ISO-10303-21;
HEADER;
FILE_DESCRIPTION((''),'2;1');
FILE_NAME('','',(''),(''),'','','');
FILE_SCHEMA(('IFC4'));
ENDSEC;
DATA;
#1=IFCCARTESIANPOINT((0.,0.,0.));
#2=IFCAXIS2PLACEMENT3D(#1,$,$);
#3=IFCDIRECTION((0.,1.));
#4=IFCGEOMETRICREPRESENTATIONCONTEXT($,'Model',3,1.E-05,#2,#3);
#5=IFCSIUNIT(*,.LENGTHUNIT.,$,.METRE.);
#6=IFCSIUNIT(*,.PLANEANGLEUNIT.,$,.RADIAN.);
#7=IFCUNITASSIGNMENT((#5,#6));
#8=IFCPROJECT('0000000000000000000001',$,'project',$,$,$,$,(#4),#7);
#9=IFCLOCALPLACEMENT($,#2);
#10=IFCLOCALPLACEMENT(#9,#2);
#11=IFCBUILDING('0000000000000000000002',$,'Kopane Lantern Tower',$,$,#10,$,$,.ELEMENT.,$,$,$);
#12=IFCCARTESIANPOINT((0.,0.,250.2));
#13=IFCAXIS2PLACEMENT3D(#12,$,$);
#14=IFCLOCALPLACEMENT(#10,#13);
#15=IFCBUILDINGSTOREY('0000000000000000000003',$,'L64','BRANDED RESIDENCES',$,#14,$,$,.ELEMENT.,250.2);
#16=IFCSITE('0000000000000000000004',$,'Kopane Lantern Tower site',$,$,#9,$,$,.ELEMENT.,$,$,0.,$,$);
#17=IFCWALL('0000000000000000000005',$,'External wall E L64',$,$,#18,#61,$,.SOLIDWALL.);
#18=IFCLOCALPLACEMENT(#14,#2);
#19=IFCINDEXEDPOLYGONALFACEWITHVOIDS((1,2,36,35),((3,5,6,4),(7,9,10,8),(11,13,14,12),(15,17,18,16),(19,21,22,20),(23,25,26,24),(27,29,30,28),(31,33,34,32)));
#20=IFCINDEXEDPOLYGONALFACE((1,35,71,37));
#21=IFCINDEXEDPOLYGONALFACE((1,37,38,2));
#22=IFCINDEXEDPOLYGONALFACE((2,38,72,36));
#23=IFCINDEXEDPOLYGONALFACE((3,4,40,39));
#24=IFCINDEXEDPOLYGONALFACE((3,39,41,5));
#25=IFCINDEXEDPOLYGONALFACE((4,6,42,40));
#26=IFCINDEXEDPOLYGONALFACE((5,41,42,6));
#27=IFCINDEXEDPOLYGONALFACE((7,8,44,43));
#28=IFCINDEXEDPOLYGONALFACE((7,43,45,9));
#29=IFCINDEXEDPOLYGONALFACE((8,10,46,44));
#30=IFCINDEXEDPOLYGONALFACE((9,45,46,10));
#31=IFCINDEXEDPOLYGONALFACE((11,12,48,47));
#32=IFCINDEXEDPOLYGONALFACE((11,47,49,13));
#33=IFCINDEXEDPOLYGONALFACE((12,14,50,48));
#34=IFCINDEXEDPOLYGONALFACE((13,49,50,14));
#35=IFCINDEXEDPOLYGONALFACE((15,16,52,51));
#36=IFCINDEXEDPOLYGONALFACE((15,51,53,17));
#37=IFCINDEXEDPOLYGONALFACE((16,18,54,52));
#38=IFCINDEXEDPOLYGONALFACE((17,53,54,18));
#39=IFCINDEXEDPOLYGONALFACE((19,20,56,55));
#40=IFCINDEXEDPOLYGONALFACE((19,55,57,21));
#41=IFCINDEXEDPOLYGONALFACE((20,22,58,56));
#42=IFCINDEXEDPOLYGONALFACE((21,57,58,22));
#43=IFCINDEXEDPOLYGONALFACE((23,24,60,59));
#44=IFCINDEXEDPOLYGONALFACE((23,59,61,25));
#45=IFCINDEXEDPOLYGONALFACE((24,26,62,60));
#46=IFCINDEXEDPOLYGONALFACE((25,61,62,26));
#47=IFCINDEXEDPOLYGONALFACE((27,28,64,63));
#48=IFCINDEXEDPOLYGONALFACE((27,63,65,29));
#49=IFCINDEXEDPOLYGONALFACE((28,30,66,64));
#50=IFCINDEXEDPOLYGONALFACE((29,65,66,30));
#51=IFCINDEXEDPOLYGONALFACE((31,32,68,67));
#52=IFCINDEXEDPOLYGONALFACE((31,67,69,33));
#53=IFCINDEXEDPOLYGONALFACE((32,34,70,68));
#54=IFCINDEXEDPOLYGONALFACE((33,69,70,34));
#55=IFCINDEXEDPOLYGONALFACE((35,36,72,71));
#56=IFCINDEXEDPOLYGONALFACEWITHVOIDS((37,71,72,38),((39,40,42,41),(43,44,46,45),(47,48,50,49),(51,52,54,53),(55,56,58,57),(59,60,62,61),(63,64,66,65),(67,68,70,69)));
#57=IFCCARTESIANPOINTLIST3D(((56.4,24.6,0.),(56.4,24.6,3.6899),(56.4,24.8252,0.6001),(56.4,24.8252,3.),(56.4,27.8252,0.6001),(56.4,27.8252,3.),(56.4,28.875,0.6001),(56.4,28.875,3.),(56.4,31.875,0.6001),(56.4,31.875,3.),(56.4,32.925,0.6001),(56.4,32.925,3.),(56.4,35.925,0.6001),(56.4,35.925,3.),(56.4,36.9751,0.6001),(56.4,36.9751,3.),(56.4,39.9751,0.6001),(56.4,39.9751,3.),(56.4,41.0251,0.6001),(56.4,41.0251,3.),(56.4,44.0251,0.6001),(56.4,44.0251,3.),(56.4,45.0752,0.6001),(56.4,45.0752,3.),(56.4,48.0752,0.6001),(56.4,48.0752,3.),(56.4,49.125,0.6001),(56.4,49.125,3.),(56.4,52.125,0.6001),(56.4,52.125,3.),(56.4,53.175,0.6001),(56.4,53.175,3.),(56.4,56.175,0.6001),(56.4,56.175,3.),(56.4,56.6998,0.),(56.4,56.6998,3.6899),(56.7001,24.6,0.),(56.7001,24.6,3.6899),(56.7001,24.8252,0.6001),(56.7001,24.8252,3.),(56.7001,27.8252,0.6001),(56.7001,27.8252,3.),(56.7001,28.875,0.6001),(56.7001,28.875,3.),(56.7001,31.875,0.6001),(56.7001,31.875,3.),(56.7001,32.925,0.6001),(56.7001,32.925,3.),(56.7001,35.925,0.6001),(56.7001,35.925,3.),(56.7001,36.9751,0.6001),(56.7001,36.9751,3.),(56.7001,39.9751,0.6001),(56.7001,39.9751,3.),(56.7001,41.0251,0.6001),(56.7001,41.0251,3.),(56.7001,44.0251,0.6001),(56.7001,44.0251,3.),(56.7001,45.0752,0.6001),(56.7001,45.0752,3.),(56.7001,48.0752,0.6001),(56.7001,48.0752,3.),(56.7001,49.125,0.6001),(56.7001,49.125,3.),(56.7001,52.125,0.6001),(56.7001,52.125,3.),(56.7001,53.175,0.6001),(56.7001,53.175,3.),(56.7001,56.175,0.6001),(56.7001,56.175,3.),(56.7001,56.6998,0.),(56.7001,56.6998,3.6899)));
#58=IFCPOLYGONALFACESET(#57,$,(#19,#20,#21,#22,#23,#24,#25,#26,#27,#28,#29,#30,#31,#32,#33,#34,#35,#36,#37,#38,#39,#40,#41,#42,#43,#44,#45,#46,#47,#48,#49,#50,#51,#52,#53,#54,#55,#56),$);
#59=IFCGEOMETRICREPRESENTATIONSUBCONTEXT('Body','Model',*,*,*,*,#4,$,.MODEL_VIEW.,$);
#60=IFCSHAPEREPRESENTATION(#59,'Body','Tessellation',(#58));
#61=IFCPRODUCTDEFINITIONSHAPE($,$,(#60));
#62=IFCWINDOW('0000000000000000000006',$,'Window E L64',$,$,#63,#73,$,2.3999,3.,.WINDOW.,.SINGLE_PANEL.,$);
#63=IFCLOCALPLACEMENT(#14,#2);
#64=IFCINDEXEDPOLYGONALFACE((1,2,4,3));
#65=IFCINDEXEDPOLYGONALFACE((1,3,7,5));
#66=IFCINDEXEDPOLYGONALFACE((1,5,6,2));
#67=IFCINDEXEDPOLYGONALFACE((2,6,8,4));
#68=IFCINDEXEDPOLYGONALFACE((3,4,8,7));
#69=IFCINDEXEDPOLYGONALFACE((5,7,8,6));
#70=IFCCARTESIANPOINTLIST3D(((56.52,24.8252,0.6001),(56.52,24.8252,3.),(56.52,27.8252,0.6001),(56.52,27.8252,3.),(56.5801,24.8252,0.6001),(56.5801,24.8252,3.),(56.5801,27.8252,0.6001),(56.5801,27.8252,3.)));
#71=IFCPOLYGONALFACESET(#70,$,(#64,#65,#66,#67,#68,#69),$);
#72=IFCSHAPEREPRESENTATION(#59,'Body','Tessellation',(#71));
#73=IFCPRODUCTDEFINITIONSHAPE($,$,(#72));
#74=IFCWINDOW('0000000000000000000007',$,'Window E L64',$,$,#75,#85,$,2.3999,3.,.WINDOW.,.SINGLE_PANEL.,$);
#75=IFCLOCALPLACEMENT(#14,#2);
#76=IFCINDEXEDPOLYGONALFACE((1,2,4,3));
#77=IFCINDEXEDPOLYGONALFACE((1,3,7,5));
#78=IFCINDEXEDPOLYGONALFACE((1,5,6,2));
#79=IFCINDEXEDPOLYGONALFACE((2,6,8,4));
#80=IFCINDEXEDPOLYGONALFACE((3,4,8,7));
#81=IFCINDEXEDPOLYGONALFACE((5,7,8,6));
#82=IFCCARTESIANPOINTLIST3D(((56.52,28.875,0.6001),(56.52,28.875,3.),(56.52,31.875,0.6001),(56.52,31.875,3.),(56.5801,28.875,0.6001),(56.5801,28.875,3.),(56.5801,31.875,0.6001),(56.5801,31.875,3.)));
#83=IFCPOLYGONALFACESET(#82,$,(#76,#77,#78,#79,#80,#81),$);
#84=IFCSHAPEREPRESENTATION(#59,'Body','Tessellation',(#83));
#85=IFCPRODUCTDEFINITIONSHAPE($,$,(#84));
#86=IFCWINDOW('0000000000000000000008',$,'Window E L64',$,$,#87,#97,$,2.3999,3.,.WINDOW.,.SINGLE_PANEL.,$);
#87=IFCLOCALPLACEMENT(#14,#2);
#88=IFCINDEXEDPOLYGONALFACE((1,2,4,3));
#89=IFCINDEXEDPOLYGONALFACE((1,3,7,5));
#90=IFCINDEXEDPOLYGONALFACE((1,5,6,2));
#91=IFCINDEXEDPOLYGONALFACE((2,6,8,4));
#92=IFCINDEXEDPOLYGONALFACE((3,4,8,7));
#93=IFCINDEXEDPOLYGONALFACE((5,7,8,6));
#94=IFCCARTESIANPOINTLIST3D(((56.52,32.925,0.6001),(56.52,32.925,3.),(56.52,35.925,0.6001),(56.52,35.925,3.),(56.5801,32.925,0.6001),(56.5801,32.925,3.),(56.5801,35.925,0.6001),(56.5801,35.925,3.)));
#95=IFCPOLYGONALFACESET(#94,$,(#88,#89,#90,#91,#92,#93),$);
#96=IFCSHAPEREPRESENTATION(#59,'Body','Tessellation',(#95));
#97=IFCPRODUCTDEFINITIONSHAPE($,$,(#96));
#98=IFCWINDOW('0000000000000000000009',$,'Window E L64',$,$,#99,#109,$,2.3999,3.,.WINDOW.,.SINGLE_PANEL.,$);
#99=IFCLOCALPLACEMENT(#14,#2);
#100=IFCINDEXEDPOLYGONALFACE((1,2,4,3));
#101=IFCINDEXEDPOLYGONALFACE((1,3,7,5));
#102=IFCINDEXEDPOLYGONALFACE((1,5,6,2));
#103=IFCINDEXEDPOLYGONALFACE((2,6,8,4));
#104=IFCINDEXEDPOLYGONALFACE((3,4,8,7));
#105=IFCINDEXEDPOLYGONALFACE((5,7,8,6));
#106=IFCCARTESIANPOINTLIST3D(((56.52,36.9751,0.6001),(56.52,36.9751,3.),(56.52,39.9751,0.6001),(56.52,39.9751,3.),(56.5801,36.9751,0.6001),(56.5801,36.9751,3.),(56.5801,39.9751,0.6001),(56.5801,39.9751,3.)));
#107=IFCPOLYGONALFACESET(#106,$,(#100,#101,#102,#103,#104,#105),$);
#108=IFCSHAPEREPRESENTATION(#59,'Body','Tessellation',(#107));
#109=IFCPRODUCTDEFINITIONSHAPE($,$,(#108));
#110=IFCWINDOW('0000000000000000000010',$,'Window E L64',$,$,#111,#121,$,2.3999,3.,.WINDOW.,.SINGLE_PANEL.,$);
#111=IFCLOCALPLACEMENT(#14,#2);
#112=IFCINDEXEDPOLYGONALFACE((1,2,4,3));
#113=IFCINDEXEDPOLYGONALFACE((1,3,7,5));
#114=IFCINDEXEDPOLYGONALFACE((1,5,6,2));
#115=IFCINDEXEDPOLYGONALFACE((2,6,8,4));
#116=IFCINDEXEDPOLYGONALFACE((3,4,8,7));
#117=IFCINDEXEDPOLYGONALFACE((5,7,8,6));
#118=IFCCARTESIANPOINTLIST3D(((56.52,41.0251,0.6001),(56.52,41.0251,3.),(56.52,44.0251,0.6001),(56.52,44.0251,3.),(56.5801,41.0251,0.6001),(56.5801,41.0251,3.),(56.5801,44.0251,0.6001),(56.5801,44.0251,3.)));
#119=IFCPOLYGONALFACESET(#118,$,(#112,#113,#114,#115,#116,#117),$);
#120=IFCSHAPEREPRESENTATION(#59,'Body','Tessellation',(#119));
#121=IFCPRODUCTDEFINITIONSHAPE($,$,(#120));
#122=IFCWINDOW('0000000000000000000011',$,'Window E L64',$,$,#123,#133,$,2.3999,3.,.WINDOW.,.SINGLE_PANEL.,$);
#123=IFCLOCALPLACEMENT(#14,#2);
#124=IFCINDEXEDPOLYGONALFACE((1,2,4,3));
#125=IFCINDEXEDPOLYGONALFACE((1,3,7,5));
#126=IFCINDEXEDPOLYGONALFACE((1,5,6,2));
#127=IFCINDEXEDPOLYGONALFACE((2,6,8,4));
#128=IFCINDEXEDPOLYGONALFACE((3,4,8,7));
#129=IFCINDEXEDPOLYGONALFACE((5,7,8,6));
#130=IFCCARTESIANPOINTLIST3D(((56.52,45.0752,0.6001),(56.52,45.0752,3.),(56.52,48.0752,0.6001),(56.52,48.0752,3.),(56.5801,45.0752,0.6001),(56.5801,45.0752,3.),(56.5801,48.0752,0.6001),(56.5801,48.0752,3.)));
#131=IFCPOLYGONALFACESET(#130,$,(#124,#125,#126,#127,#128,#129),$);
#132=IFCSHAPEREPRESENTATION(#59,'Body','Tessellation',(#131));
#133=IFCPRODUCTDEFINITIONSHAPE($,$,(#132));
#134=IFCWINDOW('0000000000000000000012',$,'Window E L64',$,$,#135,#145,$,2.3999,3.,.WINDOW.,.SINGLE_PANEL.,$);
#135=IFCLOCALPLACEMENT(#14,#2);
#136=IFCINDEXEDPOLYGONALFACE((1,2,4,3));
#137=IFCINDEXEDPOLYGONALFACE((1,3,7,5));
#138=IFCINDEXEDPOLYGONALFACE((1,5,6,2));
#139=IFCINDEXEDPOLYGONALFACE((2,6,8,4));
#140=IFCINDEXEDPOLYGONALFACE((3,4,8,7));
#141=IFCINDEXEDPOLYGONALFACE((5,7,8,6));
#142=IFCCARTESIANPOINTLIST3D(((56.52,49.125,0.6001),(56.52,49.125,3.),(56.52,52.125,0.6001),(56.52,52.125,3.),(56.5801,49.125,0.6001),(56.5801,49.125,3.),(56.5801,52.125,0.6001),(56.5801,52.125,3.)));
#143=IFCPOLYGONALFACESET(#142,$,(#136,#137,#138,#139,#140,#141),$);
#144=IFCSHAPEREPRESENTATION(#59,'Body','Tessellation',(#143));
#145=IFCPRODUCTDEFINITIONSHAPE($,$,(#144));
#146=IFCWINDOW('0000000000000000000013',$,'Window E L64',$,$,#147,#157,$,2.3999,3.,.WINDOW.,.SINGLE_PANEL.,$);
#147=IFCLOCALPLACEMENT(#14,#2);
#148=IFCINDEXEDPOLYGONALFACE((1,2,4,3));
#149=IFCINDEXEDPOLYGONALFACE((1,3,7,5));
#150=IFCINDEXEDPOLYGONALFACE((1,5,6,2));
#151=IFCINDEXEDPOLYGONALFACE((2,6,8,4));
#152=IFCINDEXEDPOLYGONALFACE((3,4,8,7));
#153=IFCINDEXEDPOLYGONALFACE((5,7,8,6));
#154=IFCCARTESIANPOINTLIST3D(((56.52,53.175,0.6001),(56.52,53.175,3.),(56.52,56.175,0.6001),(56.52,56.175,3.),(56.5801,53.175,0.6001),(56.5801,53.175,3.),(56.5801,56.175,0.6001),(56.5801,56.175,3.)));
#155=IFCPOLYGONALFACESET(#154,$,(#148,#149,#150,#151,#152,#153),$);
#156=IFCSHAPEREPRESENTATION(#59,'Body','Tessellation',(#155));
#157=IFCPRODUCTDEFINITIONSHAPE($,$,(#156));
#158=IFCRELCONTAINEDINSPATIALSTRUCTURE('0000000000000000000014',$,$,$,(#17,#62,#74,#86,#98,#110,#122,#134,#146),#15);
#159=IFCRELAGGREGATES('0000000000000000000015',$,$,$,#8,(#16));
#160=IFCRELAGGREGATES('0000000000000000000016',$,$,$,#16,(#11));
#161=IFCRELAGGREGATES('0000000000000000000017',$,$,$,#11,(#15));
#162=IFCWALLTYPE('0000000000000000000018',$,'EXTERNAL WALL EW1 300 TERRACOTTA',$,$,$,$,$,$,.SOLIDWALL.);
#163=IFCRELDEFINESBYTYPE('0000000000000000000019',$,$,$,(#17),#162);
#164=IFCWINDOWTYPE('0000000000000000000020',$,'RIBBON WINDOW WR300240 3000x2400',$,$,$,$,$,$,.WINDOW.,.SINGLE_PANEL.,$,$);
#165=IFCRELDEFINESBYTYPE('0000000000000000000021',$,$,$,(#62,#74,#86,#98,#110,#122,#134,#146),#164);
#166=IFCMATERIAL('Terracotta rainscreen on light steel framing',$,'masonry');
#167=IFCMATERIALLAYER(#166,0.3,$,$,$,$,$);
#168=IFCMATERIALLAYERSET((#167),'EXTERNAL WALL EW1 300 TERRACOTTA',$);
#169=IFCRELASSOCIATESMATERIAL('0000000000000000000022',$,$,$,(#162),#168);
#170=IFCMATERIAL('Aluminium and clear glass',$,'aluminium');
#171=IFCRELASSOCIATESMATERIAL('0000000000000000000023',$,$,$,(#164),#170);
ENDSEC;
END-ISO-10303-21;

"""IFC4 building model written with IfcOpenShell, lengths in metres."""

from ifc_helpers import new_model, si_unit, direction, frame, frame_2d, origin, place, context, subcontext, project, spatial, rectangle, extrude, material, layer, layer_set, type_object, element, fill, save


model = new_model("IFC4")

# Units and contexts
model_context = context("Model", 3, precision=1e-05, world=origin(), true_north=direction((0.0, 1.0)))
body_context = subcontext(model_context, "Body", "Model", "MODEL_VIEW")
ifc_project = project(units=[si_unit("LENGTHUNIT", "METRE"), si_unit("PLANEANGLEUNIT", "RADIAN")], contexts=[model_context])

# Site, building, storey
site_placement = place(None, origin())
site = spatial("IfcSite", under=ifc_project, at=site_placement, Name="Kopane Lantern Tower site", CompositionType="ELEMENT", RefElevation=0.0)
building_placement = place(site_placement, origin())
building = spatial("IfcBuilding", under=site, at=building_placement, Name="Kopane Lantern Tower", CompositionType="ELEMENT")
storey_placement = place(building_placement, frame((0.0, 0.0, 250.2)))
storey = spatial("IfcBuildingStorey", under=building, at=storey_placement, Name="L64", Description="BRANDED RESIDENCES", CompositionType="ELEMENT", Elevation=250.2)

# Shared definitions
ifc_material_1 = material(Name="Terracotta rainscreen on light steel framing", Category="masonry")
ifc_layer_1 = layer(ifc_material_1, 0.3)
ifc_layer_set_1 = layer_set([ifc_layer_1], Name="EXTERNAL WALL EW1 300 TERRACOTTA")
wall_type_1 = type_object("IfcWallType", Name="EXTERNAL WALL EW1 300 TERRACOTTA", PredefinedType="SOLIDWALL", material=ifc_layer_set_1)

# Wall, openings, windows
wall_1_placement = place(storey_placement, frame((56.55, 24.6001, 0.0), z_axis=(0.0, 0.0, 1.0), x_axis=(0.0, 1.0, 0.0)))
wall_1 = element("IfcWall", 1, at=wall_1_placement, inside=storey, type_object=wall_type_1, Name="External wall E L64", PredefinedType="SOLIDWALL", context=body_context, shape_type="SweptSolid", body=[
    extrude(rectangle(XDim=32.0999, YDim=0.3, at=frame_2d((16.0498, 0.0))), origin(), (0.0, 0.0, 1.0), 3.6899),
])
opening_1_placement = place(wall_1_placement, frame((0.2251, 0.0, 0.6001)))
opening_1 = element("IfcOpeningElement", 2, at=opening_1_placement, cuts=wall_1, PredefinedType="OPENING", context=body_context, shape_type="SweptSolid", body=[
    extrude(rectangle(XDim=3.0, YDim=2.3999, at=frame_2d((1.5, 1.2))), frame((0.0, 0.1599, 0.0), z_axis=(0.0, -1.0, 0.0), x_axis=(1.0, 0.0, 0.0)), (0.0, 0.0, 1.0), 0.3201),
])
opening_2_placement = place(wall_1_placement, frame((4.2749, 0.0, 0.6001)))
opening_2 = element("IfcOpeningElement", 3, at=opening_2_placement, cuts=wall_1, PredefinedType="OPENING", context=body_context, shape_type="SweptSolid", body=[
    extrude(rectangle(XDim=3.0, YDim=2.3999, at=frame_2d((1.5, 1.2))), frame((0.0, 0.1599, 0.0), z_axis=(0.0, -1.0, 0.0), x_axis=(1.0, 0.0, 0.0)), (0.0, 0.0, 1.0), 0.3201),
])
opening_3_placement = place(wall_1_placement, frame((8.325, 0.0, 0.6001)))
opening_3 = element("IfcOpeningElement", 4, at=opening_3_placement, cuts=wall_1, PredefinedType="OPENING", context=body_context, shape_type="SweptSolid", body=[
    extrude(rectangle(XDim=3.0, YDim=2.3999, at=frame_2d((1.5, 1.2))), frame((0.0, 0.1599, 0.0), z_axis=(0.0, -1.0, 0.0), x_axis=(1.0, 0.0, 0.0)), (0.0, 0.0, 1.0), 0.3201),
])
opening_4_placement = place(wall_1_placement, frame((12.375, 0.0, 0.6001)))
opening_4 = element("IfcOpeningElement", 5, at=opening_4_placement, cuts=wall_1, PredefinedType="OPENING", context=body_context, shape_type="SweptSolid", body=[
    extrude(rectangle(XDim=3.0, YDim=2.3999, at=frame_2d((1.5, 1.2))), frame((0.0, 0.1599, 0.0), z_axis=(0.0, -1.0, 0.0), x_axis=(1.0, 0.0, 0.0)), (0.0, 0.0, 1.0), 0.3201),
])
opening_5_placement = place(wall_1_placement, frame((16.425, 0.0, 0.6001)))
opening_5 = element("IfcOpeningElement", 6, at=opening_5_placement, cuts=wall_1, PredefinedType="OPENING", context=body_context, shape_type="SweptSolid", body=[
    extrude(rectangle(XDim=3.0, YDim=2.3999, at=frame_2d((1.5, 1.2))), frame((0.0, 0.1599, 0.0), z_axis=(0.0, -1.0, 0.0), x_axis=(1.0, 0.0, 0.0)), (0.0, 0.0, 1.0), 0.3201),
])
opening_6_placement = place(wall_1_placement, frame((20.4751, 0.0, 0.6001)))
opening_6 = element("IfcOpeningElement", 7, at=opening_6_placement, cuts=wall_1, PredefinedType="OPENING", context=body_context, shape_type="SweptSolid", body=[
    extrude(rectangle(XDim=3.0, YDim=2.3999, at=frame_2d((1.5, 1.2))), frame((0.0, 0.1599, 0.0), z_axis=(0.0, -1.0, 0.0), x_axis=(1.0, 0.0, 0.0)), (0.0, 0.0, 1.0), 0.3201),
])
opening_7_placement = place(wall_1_placement, frame((24.5249, 0.0, 0.6001)))
opening_7 = element("IfcOpeningElement", 8, at=opening_7_placement, cuts=wall_1, PredefinedType="OPENING", context=body_context, shape_type="SweptSolid", body=[
    extrude(rectangle(XDim=3.0, YDim=2.3999, at=frame_2d((1.5, 1.2))), frame((0.0, 0.1599, 0.0), z_axis=(0.0, -1.0, 0.0), x_axis=(1.0, 0.0, 0.0)), (0.0, 0.0, 1.0), 0.3201),
])
opening_8_placement = place(wall_1_placement, frame((28.575, 0.0, 0.6001)))
opening_8 = element("IfcOpeningElement", 9, at=opening_8_placement, cuts=wall_1, PredefinedType="OPENING", context=body_context, shape_type="SweptSolid", body=[
    extrude(rectangle(XDim=3.0, YDim=2.3999, at=frame_2d((1.5, 1.2))), frame((0.0, 0.1599, 0.0), z_axis=(0.0, -1.0, 0.0), x_axis=(1.0, 0.0, 0.0)), (0.0, 0.0, 1.0), 0.3201),
])
ifc_material_2 = material(Name="Aluminium and clear glass", Category="aluminium")
window_type_1 = type_object("IfcWindowType", Name="RIBBON WINDOW WR300240 3000x2400", PartitioningType="SINGLE_PANEL", PredefinedType="WINDOW", material=ifc_material_2)
window_1_placement = place(opening_1_placement, origin())
window_1 = element("IfcWindow", 10, at=window_1_placement, inside=storey, type_object=window_type_1, Name="Window E L64", OverallHeight=2.3999, OverallWidth=3.0, PartitioningType="SINGLE_PANEL", PredefinedType="WINDOW", context=body_context, shape_type="SweptSolid", body=[
    extrude(rectangle(XDim=3.0, YDim=2.3999, at=frame_2d((1.5, 1.2))), frame((0.0, 0.03, 0.0), z_axis=(0.0, -1.0, 0.0), x_axis=(1.0, 0.0, 0.0)), (0.0, 0.0, 1.0), 0.0601),
])
fill(opening_1, window_1)
window_2_placement = place(opening_2_placement, origin())
window_2 = element("IfcWindow", 11, at=window_2_placement, inside=storey, type_object=window_type_1, Name="Window E L64", OverallHeight=2.3999, OverallWidth=3.0, PartitioningType="SINGLE_PANEL", PredefinedType="WINDOW", context=body_context, shape_type="SweptSolid", body=[
    extrude(rectangle(XDim=3.0, YDim=2.3999, at=frame_2d((1.5, 1.2))), frame((0.0, 0.03, 0.0), z_axis=(0.0, -1.0, 0.0), x_axis=(1.0, 0.0, 0.0)), (0.0, 0.0, 1.0), 0.0601),
])
fill(opening_2, window_2)
window_3_placement = place(opening_3_placement, origin())
window_3 = element("IfcWindow", 12, at=window_3_placement, inside=storey, type_object=window_type_1, Name="Window E L64", OverallHeight=2.3999, OverallWidth=3.0, PartitioningType="SINGLE_PANEL", PredefinedType="WINDOW", context=body_context, shape_type="SweptSolid", body=[
    extrude(rectangle(XDim=3.0, YDim=2.3999, at=frame_2d((1.5, 1.2))), frame((0.0, 0.03, 0.0), z_axis=(0.0, -1.0, 0.0), x_axis=(1.0, 0.0, 0.0)), (0.0, 0.0, 1.0), 0.0601),
])
fill(opening_3, window_3)
window_4_placement = place(opening_4_placement, origin())
window_4 = element("IfcWindow", 13, at=window_4_placement, inside=storey, type_object=window_type_1, Name="Window E L64", OverallHeight=2.3999, OverallWidth=3.0, PartitioningType="SINGLE_PANEL", PredefinedType="WINDOW", context=body_context, shape_type="SweptSolid", body=[
    extrude(rectangle(XDim=3.0, YDim=2.3999, at=frame_2d((1.5, 1.2))), frame((0.0, 0.03, 0.0), z_axis=(0.0, -1.0, 0.0), x_axis=(1.0, 0.0, 0.0)), (0.0, 0.0, 1.0), 0.0601),
])
fill(opening_4, window_4)
window_5_placement = place(opening_5_placement, origin())
window_5 = element("IfcWindow", 14, at=window_5_placement, inside=storey, type_object=window_type_1, Name="Window E L64", OverallHeight=2.3999, OverallWidth=3.0, PartitioningType="SINGLE_PANEL", PredefinedType="WINDOW", context=body_context, shape_type="SweptSolid", body=[
    extrude(rectangle(XDim=3.0, YDim=2.3999, at=frame_2d((1.5, 1.2))), frame((0.0, 0.03, 0.0), z_axis=(0.0, -1.0, 0.0), x_axis=(1.0, 0.0, 0.0)), (0.0, 0.0, 1.0), 0.0601),
])
fill(opening_5, window_5)
window_6_placement = place(opening_6_placement, origin())
window_6 = element("IfcWindow", 15, at=window_6_placement, inside=storey, type_object=window_type_1, Name="Window E L64", OverallHeight=2.3999, OverallWidth=3.0, PartitioningType="SINGLE_PANEL", PredefinedType="WINDOW", context=body_context, shape_type="SweptSolid", body=[
    extrude(rectangle(XDim=3.0, YDim=2.3999, at=frame_2d((1.5, 1.2))), frame((0.0, 0.03, 0.0), z_axis=(0.0, -1.0, 0.0), x_axis=(1.0, 0.0, 0.0)), (0.0, 0.0, 1.0), 0.0601),
])
fill(opening_6, window_6)
window_7_placement = place(opening_7_placement, origin())
window_7 = element("IfcWindow", 16, at=window_7_placement, inside=storey, type_object=window_type_1, Name="Window E L64", OverallHeight=2.3999, OverallWidth=3.0, PartitioningType="SINGLE_PANEL", PredefinedType="WINDOW", context=body_context, shape_type="SweptSolid", body=[
    extrude(rectangle(XDim=3.0, YDim=2.3999, at=frame_2d((1.5, 1.2))), frame((0.0, 0.03, 0.0), z_axis=(0.0, -1.0, 0.0), x_axis=(1.0, 0.0, 0.0)), (0.0, 0.0, 1.0), 0.0601),
])
fill(opening_7, window_7)
window_8_placement = place(opening_8_placement, origin())
window_8 = element("IfcWindow", 17, at=window_8_placement, inside=storey, type_object=window_type_1, Name="Window E L64", OverallHeight=2.3999, OverallWidth=3.0, PartitioningType="SINGLE_PANEL", PredefinedType="WINDOW", context=body_context, shape_type="SweptSolid", body=[
    extrude(rectangle(XDim=3.0, YDim=2.3999, at=frame_2d((1.5, 1.2))), frame((0.0, 0.03, 0.0), z_axis=(0.0, -1.0, 0.0), x_axis=(1.0, 0.0, 0.0)), (0.0, 0.0, 1.0), 0.0601),
])
fill(opening_8, window_8)

save(model, "model.ifc")
